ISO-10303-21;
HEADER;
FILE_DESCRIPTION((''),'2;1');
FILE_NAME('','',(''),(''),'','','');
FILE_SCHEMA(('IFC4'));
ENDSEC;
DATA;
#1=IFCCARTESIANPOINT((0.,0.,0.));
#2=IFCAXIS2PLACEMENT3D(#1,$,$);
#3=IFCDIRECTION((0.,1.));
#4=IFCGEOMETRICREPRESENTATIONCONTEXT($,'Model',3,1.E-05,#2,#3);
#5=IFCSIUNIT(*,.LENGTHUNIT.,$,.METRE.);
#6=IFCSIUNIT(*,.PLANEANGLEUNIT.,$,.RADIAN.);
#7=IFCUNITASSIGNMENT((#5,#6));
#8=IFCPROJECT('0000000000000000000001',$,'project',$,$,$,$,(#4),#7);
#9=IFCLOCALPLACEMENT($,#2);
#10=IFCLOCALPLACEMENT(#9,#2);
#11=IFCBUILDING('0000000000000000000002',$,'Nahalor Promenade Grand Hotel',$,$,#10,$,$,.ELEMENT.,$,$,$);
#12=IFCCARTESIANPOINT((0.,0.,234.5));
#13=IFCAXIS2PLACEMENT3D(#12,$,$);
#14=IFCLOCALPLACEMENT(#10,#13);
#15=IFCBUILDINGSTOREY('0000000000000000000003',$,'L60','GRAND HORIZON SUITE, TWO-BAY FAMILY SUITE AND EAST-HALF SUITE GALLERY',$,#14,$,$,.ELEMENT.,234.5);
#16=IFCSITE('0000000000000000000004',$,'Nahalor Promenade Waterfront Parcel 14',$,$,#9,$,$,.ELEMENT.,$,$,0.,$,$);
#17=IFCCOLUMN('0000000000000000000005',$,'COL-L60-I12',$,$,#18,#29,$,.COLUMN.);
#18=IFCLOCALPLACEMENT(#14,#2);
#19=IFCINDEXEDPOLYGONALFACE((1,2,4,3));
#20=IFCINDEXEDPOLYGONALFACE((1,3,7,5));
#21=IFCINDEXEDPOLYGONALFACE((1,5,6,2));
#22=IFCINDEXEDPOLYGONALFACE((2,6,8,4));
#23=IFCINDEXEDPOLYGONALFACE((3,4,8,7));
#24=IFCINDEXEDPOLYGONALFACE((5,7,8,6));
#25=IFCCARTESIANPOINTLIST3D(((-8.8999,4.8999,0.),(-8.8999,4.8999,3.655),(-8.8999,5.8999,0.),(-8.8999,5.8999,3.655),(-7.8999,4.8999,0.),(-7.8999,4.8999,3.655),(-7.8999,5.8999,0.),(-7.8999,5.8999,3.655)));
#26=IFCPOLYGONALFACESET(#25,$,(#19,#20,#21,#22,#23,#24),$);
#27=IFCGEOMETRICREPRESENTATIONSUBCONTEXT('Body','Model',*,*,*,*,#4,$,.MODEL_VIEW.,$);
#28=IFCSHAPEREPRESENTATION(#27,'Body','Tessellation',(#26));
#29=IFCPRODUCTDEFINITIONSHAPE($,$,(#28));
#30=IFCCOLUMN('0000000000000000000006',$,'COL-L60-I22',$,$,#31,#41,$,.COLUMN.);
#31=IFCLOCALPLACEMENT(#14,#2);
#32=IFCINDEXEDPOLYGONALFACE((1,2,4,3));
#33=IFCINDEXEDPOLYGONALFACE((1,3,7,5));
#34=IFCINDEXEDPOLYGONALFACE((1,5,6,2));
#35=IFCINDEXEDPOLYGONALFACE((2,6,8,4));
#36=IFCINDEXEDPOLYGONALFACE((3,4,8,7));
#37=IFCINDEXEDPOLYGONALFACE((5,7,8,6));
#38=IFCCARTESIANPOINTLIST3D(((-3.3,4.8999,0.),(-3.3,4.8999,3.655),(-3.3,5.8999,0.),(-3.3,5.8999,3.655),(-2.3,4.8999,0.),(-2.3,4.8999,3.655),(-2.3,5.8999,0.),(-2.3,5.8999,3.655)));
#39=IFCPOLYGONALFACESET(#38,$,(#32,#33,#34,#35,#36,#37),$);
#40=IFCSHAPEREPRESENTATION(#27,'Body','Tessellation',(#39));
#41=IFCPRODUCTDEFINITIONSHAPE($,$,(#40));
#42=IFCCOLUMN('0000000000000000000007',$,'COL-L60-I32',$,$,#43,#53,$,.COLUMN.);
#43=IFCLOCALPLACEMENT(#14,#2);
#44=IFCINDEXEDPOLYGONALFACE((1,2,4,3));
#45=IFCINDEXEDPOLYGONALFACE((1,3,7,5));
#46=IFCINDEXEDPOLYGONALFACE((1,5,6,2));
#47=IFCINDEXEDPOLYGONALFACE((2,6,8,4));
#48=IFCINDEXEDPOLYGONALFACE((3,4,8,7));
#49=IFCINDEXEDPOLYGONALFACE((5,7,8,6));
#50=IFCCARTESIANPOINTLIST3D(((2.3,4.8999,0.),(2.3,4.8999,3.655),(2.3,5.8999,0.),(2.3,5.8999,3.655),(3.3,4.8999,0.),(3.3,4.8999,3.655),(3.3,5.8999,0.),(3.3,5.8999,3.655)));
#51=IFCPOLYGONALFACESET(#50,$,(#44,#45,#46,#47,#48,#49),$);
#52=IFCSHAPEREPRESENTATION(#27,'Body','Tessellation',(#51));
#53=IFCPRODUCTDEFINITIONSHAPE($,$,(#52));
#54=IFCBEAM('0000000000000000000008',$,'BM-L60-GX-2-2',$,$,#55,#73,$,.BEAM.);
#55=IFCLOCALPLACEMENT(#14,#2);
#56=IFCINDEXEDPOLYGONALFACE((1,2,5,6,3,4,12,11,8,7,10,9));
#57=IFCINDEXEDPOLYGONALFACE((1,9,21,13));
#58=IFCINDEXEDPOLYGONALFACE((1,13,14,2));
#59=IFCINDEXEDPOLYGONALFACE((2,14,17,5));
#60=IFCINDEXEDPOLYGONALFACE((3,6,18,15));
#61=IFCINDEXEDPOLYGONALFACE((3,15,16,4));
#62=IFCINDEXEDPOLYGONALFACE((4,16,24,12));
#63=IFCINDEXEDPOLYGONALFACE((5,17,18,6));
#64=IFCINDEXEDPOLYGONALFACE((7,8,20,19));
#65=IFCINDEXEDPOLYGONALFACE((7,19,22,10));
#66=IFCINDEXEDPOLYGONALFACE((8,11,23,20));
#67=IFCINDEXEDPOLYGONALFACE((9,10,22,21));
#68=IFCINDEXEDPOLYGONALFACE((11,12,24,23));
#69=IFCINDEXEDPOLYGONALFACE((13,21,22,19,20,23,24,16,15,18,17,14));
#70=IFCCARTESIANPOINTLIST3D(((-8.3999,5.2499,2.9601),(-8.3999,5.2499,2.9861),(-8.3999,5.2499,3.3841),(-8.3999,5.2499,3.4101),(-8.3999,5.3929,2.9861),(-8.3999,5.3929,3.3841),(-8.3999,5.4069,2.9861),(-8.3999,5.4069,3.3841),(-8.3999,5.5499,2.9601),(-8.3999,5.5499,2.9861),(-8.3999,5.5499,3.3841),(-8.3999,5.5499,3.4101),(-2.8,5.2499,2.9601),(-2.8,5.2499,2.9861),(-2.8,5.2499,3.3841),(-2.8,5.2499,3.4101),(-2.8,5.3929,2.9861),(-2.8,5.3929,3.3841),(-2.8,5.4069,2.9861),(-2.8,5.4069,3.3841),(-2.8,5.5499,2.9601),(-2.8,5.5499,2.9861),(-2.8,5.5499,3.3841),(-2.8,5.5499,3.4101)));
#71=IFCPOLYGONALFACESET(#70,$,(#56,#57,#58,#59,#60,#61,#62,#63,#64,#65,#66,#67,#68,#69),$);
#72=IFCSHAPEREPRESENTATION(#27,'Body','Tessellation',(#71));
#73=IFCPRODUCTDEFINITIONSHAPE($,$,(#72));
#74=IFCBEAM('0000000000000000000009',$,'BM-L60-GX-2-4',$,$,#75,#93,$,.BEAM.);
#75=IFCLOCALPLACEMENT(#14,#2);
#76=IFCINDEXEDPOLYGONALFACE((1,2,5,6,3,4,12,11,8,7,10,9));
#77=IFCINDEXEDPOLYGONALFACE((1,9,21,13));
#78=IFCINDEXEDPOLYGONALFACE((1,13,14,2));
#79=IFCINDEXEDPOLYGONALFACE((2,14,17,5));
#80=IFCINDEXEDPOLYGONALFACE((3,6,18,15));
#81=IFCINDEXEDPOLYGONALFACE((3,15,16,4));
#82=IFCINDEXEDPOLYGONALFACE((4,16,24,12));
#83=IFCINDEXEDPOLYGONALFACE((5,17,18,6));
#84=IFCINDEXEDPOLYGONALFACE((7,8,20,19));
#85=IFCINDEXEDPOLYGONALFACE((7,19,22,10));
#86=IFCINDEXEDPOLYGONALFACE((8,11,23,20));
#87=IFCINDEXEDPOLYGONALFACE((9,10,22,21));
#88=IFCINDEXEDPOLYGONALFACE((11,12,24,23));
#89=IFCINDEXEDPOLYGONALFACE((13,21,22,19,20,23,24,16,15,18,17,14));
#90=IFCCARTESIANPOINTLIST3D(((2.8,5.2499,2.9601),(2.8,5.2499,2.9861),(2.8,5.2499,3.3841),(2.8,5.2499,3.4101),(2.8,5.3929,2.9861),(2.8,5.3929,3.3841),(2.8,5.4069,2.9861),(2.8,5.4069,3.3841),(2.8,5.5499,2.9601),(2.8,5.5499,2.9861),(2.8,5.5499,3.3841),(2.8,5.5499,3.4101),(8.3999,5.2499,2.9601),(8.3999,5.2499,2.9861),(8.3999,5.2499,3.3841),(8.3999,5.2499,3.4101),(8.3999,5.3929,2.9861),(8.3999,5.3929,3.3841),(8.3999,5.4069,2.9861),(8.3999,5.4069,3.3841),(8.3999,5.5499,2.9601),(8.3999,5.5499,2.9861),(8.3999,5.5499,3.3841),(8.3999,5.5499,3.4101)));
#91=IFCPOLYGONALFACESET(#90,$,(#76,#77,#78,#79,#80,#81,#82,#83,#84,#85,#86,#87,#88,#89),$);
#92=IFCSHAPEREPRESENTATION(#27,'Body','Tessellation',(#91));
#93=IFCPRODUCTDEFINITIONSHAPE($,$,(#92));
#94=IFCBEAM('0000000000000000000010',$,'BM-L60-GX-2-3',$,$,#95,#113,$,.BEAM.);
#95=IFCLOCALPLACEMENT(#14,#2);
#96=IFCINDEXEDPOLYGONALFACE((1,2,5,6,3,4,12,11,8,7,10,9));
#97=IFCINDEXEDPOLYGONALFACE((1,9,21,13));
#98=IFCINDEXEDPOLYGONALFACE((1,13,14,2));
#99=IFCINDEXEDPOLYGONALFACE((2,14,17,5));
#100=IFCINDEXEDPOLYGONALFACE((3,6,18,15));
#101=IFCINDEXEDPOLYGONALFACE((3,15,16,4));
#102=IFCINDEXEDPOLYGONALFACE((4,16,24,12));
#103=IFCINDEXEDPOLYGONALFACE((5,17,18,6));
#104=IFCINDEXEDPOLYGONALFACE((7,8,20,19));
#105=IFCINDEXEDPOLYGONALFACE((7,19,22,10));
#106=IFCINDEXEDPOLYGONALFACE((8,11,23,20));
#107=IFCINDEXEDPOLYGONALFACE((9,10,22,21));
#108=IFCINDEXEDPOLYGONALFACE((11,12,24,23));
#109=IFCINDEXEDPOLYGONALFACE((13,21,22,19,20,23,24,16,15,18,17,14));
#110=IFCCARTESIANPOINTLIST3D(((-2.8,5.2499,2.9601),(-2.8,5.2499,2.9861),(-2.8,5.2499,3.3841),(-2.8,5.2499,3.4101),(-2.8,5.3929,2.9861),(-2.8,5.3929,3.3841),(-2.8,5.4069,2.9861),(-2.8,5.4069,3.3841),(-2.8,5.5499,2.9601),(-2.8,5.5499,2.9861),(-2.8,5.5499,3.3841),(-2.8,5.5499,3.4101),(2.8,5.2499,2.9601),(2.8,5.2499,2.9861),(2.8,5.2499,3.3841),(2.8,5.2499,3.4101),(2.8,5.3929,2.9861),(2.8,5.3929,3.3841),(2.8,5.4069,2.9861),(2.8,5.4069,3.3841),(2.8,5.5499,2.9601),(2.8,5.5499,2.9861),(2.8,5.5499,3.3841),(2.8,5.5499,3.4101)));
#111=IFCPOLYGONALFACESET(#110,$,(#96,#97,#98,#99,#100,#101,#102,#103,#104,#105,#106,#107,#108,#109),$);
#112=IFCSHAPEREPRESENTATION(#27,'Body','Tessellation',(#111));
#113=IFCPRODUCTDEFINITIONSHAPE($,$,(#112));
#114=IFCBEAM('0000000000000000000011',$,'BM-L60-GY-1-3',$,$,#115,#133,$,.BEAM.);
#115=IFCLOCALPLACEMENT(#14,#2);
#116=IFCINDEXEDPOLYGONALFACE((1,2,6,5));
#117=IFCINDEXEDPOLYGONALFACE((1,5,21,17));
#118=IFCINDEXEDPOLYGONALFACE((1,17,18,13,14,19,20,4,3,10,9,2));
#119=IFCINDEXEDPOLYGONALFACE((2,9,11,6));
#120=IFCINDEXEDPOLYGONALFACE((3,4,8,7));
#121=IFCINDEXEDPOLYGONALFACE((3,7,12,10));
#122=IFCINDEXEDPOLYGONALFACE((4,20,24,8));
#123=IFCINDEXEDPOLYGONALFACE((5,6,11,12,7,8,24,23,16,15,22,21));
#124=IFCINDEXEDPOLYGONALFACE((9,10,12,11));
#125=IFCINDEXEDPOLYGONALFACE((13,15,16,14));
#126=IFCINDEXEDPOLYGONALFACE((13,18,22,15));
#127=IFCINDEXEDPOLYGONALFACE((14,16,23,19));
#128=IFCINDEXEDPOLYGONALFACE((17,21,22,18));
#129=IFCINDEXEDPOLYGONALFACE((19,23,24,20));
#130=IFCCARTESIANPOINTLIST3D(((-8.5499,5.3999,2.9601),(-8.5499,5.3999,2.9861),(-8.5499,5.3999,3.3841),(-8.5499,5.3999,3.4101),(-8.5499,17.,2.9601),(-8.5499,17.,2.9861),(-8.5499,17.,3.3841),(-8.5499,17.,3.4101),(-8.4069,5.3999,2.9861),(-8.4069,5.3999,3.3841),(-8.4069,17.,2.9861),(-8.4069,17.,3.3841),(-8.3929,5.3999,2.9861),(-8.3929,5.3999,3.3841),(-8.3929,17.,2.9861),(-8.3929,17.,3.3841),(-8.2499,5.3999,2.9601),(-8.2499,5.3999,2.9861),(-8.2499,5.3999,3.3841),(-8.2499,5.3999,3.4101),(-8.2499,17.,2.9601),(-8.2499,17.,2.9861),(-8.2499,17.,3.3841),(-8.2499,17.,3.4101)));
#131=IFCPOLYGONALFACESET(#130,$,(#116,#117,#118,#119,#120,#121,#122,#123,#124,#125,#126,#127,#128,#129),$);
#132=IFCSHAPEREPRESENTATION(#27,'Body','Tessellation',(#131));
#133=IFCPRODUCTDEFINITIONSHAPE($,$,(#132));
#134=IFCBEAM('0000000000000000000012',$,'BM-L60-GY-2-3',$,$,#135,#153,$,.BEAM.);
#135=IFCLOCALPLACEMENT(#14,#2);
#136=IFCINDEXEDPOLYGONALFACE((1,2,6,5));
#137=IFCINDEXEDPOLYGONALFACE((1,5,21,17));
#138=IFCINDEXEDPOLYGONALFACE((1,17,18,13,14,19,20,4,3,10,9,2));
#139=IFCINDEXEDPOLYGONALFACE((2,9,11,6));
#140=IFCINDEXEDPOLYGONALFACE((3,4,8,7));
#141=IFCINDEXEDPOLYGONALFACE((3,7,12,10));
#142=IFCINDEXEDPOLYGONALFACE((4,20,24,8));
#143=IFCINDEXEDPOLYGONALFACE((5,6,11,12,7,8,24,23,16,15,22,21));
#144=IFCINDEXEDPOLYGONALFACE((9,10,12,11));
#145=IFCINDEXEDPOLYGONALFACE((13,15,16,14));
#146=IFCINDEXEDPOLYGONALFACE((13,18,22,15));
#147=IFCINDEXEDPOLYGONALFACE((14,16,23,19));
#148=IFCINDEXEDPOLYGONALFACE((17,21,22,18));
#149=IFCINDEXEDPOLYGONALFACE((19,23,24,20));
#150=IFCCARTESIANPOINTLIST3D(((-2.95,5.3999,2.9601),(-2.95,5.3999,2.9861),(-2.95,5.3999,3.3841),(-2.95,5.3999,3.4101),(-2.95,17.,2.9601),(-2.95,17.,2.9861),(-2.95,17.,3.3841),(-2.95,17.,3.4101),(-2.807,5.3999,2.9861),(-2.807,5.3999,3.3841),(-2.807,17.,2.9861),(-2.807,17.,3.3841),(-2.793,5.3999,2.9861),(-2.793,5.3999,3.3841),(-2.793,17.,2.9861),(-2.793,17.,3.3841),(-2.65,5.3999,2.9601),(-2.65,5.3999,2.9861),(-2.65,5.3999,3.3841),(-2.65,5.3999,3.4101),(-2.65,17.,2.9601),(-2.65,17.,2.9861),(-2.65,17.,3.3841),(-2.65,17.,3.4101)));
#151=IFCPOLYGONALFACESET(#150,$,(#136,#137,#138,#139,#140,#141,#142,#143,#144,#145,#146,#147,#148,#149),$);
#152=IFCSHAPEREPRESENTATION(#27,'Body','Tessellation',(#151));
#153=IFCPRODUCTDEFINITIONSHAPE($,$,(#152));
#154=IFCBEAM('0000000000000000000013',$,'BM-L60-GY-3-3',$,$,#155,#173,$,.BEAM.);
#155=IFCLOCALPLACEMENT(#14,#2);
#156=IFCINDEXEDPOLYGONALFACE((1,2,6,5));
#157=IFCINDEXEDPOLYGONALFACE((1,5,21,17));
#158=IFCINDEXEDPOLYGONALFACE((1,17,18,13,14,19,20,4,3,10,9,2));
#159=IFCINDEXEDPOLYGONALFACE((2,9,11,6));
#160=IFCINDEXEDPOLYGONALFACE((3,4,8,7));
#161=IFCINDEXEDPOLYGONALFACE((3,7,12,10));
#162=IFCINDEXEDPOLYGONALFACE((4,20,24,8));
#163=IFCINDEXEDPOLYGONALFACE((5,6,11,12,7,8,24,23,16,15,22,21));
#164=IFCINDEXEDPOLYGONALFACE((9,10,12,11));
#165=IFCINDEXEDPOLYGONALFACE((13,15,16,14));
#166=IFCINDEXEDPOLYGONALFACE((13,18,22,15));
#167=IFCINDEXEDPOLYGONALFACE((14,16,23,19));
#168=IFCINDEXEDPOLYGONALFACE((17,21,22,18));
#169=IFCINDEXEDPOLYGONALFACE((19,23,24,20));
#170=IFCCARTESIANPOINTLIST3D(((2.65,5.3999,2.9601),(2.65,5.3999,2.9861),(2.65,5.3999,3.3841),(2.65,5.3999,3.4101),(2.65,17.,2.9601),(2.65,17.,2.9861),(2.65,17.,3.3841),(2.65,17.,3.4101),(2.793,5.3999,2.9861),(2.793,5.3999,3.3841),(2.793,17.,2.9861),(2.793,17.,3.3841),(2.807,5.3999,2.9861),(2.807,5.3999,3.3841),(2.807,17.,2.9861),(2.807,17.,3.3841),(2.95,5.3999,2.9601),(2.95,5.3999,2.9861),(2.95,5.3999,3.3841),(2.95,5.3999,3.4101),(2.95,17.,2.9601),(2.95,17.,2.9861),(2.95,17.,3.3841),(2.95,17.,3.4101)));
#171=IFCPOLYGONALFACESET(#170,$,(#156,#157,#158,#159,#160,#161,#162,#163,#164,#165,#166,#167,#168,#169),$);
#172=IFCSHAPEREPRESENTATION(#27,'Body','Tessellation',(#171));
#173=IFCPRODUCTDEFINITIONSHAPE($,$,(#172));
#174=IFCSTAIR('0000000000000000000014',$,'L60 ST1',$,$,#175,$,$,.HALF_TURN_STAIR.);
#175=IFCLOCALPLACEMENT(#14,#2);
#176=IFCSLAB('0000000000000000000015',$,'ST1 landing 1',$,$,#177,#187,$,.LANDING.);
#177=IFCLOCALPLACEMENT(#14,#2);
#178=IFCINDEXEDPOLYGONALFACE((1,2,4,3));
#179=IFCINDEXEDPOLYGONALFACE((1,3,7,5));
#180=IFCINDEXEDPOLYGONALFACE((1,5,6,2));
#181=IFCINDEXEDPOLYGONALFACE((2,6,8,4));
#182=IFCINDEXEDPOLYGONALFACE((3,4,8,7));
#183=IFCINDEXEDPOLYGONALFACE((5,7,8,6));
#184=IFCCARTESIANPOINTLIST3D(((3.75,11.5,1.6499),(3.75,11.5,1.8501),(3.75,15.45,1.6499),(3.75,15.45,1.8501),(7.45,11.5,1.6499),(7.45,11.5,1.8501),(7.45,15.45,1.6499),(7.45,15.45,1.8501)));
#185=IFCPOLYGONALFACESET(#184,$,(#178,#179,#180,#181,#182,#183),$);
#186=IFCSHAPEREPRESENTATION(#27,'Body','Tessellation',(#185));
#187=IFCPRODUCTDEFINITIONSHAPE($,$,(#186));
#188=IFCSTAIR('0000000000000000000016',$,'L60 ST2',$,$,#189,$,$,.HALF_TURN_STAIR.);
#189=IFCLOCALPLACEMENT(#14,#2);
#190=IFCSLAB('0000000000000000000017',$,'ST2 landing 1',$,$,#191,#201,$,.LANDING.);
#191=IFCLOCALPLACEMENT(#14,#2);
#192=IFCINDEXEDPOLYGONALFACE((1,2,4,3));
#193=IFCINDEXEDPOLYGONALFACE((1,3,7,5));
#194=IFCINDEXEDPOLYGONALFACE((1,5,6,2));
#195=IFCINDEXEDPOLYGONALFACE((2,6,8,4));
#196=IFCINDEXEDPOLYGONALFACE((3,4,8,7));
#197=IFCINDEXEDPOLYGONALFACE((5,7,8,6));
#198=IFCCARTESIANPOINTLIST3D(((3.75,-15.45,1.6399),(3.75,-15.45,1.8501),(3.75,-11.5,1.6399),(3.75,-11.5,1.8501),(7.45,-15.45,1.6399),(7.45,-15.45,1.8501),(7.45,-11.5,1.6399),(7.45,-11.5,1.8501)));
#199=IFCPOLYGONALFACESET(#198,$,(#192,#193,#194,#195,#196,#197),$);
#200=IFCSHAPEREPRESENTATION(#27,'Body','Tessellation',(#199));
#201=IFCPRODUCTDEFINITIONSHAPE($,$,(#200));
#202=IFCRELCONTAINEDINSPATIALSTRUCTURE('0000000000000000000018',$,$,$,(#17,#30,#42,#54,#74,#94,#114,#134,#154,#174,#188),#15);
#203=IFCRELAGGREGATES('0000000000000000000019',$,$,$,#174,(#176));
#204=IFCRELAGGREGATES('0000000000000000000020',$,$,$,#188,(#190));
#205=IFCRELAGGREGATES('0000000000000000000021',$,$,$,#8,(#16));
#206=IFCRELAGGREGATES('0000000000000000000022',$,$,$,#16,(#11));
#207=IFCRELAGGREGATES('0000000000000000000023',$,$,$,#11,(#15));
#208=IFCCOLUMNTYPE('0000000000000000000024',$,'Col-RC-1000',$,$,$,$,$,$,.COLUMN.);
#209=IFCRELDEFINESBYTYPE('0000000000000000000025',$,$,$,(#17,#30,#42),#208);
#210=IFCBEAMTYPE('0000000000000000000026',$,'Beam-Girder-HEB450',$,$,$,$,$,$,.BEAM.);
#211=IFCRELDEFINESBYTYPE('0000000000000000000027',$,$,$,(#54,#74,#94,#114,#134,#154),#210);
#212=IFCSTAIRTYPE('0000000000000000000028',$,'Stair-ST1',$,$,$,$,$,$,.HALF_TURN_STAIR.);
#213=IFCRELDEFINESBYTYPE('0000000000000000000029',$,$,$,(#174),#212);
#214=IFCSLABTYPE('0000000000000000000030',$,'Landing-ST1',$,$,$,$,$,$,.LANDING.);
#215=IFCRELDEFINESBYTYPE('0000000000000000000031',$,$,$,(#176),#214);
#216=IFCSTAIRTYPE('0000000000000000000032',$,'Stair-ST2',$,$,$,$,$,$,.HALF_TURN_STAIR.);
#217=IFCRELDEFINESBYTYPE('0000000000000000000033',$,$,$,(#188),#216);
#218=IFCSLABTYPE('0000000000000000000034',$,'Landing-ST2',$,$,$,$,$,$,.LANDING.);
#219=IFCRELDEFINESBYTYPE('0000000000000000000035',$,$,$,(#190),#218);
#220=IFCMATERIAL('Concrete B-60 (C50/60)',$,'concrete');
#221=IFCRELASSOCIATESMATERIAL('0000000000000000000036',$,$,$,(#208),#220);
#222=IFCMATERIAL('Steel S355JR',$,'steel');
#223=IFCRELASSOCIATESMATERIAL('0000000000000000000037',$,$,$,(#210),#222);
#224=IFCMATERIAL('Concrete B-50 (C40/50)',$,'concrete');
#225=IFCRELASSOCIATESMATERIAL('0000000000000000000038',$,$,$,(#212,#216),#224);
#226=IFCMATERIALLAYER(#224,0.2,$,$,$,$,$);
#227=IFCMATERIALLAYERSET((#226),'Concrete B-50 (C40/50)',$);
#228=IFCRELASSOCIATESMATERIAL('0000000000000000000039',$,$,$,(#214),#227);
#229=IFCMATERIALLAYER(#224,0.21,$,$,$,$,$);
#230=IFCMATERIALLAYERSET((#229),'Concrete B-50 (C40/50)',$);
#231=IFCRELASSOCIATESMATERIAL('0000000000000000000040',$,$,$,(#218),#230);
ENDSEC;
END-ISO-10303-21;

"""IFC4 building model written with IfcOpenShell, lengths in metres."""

from ifc_helpers import new_model, si_unit, direction, frame, origin, origin_2d, place, context, subcontext, project, spatial, polyline, rectangle, i_section, outline, extrude, source, transform, mapped, material, layer, layer_set, material_profile, profile_set, type_object, element, aggregate, save


model = new_model("IFC4")

# Units and contexts
model_context = context("Model", 3, precision=1e-05, world=origin(), true_north=direction((0.0, 1.0)))
body_context = subcontext(model_context, "Body", "Model", "MODEL_VIEW")
ifc_project = project(units=[si_unit("LENGTHUNIT", "METRE"), si_unit("PLANEANGLEUNIT", "RADIAN")], contexts=[model_context])

# Site, building, storey
site_placement = place(None, origin())
site = spatial("IfcSite", under=ifc_project, at=site_placement, Name="Nahalor Promenade Waterfront Parcel 14", CompositionType="ELEMENT", RefElevation=0.0)
building_placement = place(site_placement, origin())
building = spatial("IfcBuilding", under=site, at=building_placement, Name="Nahalor Promenade Grand Hotel", CompositionType="ELEMENT")
storey_placement = place(building_placement, frame((0.0, 0.0, 234.5)))
storey = spatial("IfcBuildingStorey", under=building, at=storey_placement, Name="L60", Description="GRAND HORIZON SUITE, TWO-BAY FAMILY SUITE AND EAST-HALF SUITE GALLERY", CompositionType="ELEMENT", Elevation=234.5)

# Columns
ifc_material_1 = material(Name="Concrete B-60 (C50/60)", Category="concrete")
ifc_material_profile_1 = material_profile(ifc_material_1, rectangle(XDim=1.0, YDim=1.0, at=origin_2d()), Name="RC 1000x1000")
ifc_profile_set_1 = profile_set([ifc_material_profile_1], Name="Concrete B-60 (C50/60)")
column_type = type_object("IfcColumnType", Name="Col-RC-1000", PredefinedType="COLUMN", material=ifc_profile_set_1)
shared_shape_1 = source(origin(), body_context, "Body", "SweptSolid", [
    extrude(rectangle(XDim=1.0, YDim=1.0, at=origin_2d()), origin(), (0.0, 0.0, 1.0), 3.655),
])
for number, where, z_axis, x_axis, name in (
    (1, (-8.3999, 5.3999, 0.0), (0.0, 0.0, 1.0), (1.0, 0.0, 0.0), "COL-L60-I12"),
    (2, (-2.8, 5.3999, 0.0), (0.0, 0.0, 1.0), (1.0, 0.0, 0.0), "COL-L60-I22"),
    (3, (2.8, 5.3999, 0.0), (0.0, 0.0, 1.0), (1.0, 0.0, 0.0), "COL-L60-I32"),
):
    element("IfcColumn", number, at=place(storey_placement, frame(where, z_axis=z_axis, x_axis=x_axis)), inside=storey, type_object=column_type, Name=name, PredefinedType="COLUMN", context=body_context, shape_type="MappedRepresentation", body=[
        mapped(shared_shape_1, transform((0.0, 0.0, 0.0), scale=1.0)),
    ])

# Beams
ifc_material_2 = material(Name="Steel S355JR", Category="steel")
ifc_material_profile_2 = material_profile(ifc_material_2, i_section(OverallWidth=0.3, OverallDepth=0.45, WebThickness=0.014, FlangeThickness=0.026, at=origin_2d()), Name="HEB 450")
ifc_profile_set_2 = profile_set([ifc_material_profile_2], Name="Steel S355JR")
beam_type = type_object("IfcBeamType", Name="Beam-Girder-HEB450", PredefinedType="BEAM", material=ifc_profile_set_2)
shared_shape_2 = source(origin(), body_context, "Body", "SweptSolid", [
    extrude(i_section(OverallWidth=0.3, OverallDepth=0.45, WebThickness=0.014, FlangeThickness=0.026, at=origin_2d()), origin(), (0.0, 0.0, 1.0), 5.5999),
])
for number, where, z_axis, x_axis, name in (
    (4, (-8.3999, 5.3999, 3.1851), (1.0, 0.0, 0.0), (0.0, 1.0, 0.0), "BM-L60-GX-2-2"),
    (5, (2.8, 5.3999, 3.1851), (1.0, 0.0, 0.0), (0.0, 1.0, 0.0), "BM-L60-GX-2-4"),
):
    element("IfcBeam", number, at=place(storey_placement, frame(where, z_axis=z_axis, x_axis=x_axis)), inside=storey, type_object=beam_type, Name=name, PredefinedType="BEAM", context=body_context, shape_type="MappedRepresentation", body=[
        mapped(shared_shape_2, transform((0.0, 0.0, 0.0), scale=1.0)),
    ])
shared_shape_3 = source(origin(), body_context, "Body", "SweptSolid", [
    extrude(i_section(OverallWidth=0.3, OverallDepth=0.45, WebThickness=0.014, FlangeThickness=0.026, at=origin_2d()), origin(), (0.0, 0.0, 1.0), 5.6001),
])
beam_placement = place(storey_placement, frame((-2.8, 5.3999, 3.1851), z_axis=(1.0, 0.0, 0.0), x_axis=(0.0, 1.0, 0.0)))
element("IfcBeam", 6, at=beam_placement, inside=storey, type_object=beam_type, Name="BM-L60-GX-2-3", PredefinedType="BEAM", context=body_context, shape_type="MappedRepresentation", body=[
    mapped(shared_shape_3, transform((0.0, 0.0, 0.0), scale=1.0)),
])
shared_shape_4 = source(origin(), body_context, "Body", "SweptSolid", [
    extrude(i_section(OverallWidth=0.3, OverallDepth=0.45, WebThickness=0.014, FlangeThickness=0.026, at=origin_2d()), origin(), (0.0, 0.0, 1.0), 11.6001),
])
for number, where, z_axis, x_axis, name in (
    (7, (-8.3999, 5.3999, 3.1851), (0.0, 1.0, 0.0), (-1.0, 0.0, 0.0), "BM-L60-GY-1-3"),
    (8, (-2.8, 5.3999, 3.1851), (0.0, 1.0, 0.0), (-1.0, 0.0, 0.0), "BM-L60-GY-2-3"),
    (9, (2.8, 5.3999, 3.1851), (0.0, 1.0, 0.0), (-1.0, 0.0, 0.0), "BM-L60-GY-3-3"),
):
    element("IfcBeam", number, at=place(storey_placement, frame(where, z_axis=z_axis, x_axis=x_axis)), inside=storey, type_object=beam_type, Name=name, PredefinedType="BEAM", context=body_context, shape_type="MappedRepresentation", body=[
        mapped(shared_shape_4, transform((0.0, 0.0, 0.0), scale=1.0)),
    ])

# Stairs, slabs
ifc_material_3 = material(Name="Concrete B-50 (C40/50)", Category="concrete")
stair_type_1 = type_object("IfcStairType", Name="Stair-ST1", PredefinedType="HALF_TURN_STAIR", material=ifc_material_3)
stair_1_placement = place(storey_placement, origin())
stair_1 = element("IfcStair", 10, at=stair_1_placement, inside=storey, type_object=stair_type_1, Name="L60 ST1", PredefinedType="HALF_TURN_STAIR")
ifc_layer_1 = layer(ifc_material_3, 0.2)
ifc_layer_set_1 = layer_set([ifc_layer_1], Name="Concrete B-50 (C40/50)")
slab_type_1 = type_object("IfcSlabType", Name="Landing-ST1", PredefinedType="LANDING", material=ifc_layer_set_1)
slab_1_placement = place(storey_placement, frame((0.0, 0.0, 1.6499)))
slab_1 = element("IfcSlab", 11, at=slab_1_placement, type_object=slab_type_1, Name="ST1 landing 1", PredefinedType="LANDING", context=body_context, shape_type="SweptSolid", body=[
    extrude(outline(polyline([(7.45, 11.5), (7.45, 15.45), (3.75, 15.45), (3.75, 11.5), (7.45, 11.5)])), origin(), (0.0, 0.0, 1.0), 0.2002),
])
aggregate(stair_1, [slab_1])
stair_type_2 = type_object("IfcStairType", Name="Stair-ST2", PredefinedType="HALF_TURN_STAIR", material=ifc_material_3)
stair_2_placement = place(storey_placement, origin())
stair_2 = element("IfcStair", 12, at=stair_2_placement, inside=storey, type_object=stair_type_2, Name="L60 ST2", PredefinedType="HALF_TURN_STAIR")
ifc_layer_2 = layer(ifc_material_3, 0.21)
ifc_layer_set_2 = layer_set([ifc_layer_2], Name="Concrete B-50 (C40/50)")
slab_type_2 = type_object("IfcSlabType", Name="Landing-ST2", PredefinedType="LANDING", material=ifc_layer_set_2)
slab_2_placement = place(storey_placement, frame((0.0, 0.0, 1.6399)))
slab_2 = element("IfcSlab", 13, at=slab_2_placement, type_object=slab_type_2, Name="ST2 landing 1", PredefinedType="LANDING", context=body_context, shape_type="SweptSolid", body=[
    extrude(outline(polyline([(3.75, -11.5), (3.75, -15.45), (7.45, -15.45), (7.45, -11.5), (3.75, -11.5)])), origin(), (0.0, 0.0, 1.0), 0.2102),
])
aggregate(stair_2, [slab_2])

save(model, "model.ifc")
